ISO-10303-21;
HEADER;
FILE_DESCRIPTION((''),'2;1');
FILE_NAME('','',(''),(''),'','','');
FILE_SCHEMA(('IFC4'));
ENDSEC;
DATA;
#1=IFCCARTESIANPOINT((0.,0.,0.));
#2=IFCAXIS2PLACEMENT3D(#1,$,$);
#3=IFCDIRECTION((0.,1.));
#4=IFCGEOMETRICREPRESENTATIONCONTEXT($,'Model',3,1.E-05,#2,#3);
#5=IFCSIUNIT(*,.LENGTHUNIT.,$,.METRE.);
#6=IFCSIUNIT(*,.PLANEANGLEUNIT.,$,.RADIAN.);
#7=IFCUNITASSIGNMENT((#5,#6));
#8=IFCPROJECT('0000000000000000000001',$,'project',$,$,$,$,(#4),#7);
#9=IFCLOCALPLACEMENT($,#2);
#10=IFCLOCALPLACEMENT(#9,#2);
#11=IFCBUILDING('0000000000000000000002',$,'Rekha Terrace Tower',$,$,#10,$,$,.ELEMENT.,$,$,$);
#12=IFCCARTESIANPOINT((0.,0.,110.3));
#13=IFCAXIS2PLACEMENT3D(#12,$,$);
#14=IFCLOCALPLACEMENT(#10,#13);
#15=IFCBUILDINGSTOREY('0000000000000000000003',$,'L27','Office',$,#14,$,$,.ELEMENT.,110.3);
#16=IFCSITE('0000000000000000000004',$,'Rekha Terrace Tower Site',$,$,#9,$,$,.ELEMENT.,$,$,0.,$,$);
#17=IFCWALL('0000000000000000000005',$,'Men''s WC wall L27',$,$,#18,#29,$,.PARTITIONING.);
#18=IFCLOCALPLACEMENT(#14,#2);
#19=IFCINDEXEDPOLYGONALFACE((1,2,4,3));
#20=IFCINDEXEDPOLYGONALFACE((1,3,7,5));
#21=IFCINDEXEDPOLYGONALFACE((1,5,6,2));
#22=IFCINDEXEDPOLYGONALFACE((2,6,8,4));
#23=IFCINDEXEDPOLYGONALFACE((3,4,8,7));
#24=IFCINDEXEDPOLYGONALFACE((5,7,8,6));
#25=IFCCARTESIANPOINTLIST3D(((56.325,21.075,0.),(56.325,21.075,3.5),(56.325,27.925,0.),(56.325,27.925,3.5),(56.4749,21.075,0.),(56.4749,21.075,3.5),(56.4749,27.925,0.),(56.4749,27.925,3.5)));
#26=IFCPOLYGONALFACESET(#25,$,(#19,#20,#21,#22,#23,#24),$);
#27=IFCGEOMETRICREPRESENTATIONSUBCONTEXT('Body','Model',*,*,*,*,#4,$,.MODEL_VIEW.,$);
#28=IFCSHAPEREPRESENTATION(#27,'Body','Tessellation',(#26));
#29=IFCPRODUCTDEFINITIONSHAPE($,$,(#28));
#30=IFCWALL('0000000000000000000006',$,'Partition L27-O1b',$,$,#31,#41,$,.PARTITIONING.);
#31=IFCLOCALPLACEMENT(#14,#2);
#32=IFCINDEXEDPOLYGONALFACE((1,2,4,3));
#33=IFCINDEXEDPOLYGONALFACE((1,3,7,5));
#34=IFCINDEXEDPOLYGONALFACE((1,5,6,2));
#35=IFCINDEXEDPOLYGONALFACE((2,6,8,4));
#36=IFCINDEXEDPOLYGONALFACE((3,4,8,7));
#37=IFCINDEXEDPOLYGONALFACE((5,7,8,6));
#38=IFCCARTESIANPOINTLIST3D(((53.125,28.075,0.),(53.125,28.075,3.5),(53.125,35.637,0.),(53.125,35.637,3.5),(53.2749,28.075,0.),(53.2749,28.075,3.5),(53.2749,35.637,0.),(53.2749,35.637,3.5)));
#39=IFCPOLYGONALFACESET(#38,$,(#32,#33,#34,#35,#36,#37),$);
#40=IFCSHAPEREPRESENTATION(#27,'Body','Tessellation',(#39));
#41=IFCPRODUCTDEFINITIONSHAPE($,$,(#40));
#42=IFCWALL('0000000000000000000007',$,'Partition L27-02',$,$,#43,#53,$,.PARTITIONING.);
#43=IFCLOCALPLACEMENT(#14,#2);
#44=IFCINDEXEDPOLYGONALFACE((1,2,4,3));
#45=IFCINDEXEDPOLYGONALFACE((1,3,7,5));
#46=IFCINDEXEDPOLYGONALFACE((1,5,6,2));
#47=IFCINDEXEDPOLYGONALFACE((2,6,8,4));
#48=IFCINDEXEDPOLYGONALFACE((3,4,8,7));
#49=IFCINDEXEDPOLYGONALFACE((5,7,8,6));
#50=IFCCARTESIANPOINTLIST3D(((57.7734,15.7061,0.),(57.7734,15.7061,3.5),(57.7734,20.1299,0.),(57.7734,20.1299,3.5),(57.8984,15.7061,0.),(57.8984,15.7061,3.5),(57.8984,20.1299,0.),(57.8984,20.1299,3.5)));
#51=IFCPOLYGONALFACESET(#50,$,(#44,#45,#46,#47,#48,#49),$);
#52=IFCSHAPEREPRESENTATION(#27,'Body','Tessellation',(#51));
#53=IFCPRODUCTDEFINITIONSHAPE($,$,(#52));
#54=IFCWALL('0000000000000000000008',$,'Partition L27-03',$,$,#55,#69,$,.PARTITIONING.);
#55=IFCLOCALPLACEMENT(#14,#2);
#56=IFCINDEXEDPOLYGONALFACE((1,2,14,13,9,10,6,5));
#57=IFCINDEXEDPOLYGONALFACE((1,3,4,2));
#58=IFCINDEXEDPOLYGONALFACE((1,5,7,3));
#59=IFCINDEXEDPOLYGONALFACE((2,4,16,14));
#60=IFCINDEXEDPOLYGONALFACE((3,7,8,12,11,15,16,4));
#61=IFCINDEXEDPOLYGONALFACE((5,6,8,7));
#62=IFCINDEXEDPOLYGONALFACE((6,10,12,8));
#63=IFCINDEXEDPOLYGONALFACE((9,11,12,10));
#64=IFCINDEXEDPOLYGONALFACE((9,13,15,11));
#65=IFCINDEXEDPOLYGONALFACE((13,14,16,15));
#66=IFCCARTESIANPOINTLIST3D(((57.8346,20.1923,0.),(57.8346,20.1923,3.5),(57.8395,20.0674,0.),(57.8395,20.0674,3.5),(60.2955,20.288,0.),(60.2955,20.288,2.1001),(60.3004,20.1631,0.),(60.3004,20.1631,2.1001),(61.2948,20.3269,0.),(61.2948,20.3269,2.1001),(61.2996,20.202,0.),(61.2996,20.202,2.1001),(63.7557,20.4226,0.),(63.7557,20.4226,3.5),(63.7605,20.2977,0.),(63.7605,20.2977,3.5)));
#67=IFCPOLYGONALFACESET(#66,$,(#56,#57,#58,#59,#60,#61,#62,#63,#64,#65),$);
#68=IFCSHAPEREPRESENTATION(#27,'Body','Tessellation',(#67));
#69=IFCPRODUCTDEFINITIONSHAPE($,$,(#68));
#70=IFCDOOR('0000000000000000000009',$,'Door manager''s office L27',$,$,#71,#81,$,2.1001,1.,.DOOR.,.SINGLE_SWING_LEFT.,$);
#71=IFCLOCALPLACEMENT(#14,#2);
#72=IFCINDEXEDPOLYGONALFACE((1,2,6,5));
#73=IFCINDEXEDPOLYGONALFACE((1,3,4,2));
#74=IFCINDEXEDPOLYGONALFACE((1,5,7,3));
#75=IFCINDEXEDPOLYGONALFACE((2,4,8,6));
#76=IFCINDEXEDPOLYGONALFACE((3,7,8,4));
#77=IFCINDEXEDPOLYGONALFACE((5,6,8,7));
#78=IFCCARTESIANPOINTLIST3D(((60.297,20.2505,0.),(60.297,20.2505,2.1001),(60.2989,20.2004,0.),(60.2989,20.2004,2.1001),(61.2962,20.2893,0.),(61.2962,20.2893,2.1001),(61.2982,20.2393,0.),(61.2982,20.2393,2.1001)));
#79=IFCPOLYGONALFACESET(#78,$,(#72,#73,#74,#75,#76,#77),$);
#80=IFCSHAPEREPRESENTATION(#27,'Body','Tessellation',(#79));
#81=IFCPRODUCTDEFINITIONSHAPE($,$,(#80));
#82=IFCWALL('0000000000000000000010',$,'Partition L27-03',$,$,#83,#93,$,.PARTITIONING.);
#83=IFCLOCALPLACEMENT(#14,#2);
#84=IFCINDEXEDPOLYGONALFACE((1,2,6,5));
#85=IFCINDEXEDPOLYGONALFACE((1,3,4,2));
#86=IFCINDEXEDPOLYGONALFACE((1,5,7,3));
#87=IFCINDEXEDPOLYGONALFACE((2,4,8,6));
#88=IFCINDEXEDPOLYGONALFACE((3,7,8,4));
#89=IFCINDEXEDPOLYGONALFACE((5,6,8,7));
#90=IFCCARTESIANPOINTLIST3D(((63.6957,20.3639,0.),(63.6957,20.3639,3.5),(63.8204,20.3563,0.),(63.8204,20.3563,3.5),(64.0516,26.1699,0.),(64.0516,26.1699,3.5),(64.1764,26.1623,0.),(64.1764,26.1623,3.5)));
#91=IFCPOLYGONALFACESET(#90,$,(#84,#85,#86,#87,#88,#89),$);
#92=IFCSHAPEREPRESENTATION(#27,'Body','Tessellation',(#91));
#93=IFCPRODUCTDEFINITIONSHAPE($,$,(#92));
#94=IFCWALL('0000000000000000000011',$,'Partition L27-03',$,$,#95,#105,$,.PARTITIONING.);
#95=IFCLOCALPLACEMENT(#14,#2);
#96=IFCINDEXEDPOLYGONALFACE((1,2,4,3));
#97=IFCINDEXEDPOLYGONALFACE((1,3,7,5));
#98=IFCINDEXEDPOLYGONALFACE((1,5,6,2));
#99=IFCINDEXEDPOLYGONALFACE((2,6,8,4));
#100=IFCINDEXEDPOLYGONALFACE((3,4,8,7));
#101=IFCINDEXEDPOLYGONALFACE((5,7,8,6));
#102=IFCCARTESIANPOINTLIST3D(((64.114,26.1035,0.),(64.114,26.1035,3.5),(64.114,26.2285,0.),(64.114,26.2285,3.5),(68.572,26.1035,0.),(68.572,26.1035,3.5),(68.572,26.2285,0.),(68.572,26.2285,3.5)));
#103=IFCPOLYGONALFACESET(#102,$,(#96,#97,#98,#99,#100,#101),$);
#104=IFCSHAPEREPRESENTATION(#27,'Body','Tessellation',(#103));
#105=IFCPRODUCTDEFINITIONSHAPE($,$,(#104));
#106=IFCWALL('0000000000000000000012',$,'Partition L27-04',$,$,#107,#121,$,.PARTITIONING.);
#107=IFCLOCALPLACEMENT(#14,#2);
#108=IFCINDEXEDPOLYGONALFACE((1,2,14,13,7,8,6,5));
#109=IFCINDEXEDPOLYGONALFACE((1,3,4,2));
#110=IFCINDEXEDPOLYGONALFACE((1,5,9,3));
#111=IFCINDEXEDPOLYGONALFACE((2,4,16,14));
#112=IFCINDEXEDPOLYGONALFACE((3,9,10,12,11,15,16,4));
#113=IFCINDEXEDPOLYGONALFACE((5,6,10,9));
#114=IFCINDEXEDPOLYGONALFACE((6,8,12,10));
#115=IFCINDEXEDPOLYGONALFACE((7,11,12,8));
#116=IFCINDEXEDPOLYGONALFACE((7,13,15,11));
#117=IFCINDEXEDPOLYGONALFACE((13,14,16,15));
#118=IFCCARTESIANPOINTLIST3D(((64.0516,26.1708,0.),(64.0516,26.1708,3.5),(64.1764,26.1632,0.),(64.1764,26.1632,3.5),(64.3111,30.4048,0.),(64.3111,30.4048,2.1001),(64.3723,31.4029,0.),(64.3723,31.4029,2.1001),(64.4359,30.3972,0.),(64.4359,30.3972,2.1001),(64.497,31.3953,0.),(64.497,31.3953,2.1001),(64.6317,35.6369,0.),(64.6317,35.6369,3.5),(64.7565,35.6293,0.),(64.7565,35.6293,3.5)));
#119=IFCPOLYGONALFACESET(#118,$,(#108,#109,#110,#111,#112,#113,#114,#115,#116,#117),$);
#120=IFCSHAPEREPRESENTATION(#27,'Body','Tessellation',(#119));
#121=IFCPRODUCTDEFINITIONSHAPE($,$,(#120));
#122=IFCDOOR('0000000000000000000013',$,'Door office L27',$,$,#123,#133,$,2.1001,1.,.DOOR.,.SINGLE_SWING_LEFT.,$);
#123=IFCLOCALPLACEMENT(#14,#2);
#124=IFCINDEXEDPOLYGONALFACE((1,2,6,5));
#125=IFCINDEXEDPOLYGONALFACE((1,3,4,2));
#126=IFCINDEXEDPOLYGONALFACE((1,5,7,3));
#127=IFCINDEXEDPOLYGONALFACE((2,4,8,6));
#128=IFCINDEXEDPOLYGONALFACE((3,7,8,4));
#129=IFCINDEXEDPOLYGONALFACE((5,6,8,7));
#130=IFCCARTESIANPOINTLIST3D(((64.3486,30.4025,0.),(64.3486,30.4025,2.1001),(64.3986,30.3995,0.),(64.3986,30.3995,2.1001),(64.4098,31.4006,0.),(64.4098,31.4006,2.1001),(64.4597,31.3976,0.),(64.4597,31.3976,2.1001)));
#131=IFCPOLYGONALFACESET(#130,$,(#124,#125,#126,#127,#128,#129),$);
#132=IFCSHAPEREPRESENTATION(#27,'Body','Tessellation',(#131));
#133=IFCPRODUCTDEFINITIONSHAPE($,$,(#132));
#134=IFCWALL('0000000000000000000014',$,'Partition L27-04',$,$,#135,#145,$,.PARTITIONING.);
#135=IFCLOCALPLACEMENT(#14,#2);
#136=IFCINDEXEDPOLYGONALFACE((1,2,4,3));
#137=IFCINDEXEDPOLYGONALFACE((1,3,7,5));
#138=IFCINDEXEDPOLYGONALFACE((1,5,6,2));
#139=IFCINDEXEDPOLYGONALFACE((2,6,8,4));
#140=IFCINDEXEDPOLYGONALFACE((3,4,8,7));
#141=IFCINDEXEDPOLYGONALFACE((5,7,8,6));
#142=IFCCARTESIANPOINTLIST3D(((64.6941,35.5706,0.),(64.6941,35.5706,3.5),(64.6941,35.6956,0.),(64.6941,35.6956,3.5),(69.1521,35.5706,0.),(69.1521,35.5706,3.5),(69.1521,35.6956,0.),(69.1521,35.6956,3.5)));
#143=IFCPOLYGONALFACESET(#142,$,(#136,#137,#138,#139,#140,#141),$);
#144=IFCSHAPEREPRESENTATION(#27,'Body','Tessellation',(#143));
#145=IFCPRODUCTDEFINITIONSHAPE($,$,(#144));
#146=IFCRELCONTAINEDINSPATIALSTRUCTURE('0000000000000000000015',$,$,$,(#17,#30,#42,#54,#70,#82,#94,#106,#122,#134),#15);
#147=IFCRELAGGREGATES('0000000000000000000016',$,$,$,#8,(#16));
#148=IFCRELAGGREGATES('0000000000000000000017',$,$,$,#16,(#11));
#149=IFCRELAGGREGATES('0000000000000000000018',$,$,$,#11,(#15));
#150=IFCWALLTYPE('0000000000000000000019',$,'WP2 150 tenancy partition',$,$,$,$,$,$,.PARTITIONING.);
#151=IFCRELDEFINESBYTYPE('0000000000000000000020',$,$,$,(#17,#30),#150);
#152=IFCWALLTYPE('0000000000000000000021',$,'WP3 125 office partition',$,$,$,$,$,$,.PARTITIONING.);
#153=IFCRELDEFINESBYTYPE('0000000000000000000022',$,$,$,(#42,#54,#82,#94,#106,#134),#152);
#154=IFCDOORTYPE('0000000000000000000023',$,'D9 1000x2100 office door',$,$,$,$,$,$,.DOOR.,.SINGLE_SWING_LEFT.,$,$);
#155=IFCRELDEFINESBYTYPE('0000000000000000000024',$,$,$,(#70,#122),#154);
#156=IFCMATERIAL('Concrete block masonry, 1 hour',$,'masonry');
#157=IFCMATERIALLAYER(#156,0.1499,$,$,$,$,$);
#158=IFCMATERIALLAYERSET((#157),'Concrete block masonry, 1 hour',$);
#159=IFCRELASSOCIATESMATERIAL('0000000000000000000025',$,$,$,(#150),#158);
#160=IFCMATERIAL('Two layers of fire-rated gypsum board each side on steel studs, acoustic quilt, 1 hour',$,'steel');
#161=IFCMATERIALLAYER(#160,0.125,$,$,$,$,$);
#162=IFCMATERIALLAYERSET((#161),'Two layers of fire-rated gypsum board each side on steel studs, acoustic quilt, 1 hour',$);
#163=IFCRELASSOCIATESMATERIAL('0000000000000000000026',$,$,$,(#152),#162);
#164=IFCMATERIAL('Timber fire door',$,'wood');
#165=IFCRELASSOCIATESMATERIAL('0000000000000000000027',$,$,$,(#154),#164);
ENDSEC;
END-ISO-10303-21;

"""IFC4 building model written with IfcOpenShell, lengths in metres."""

from ifc_helpers import new_model, si_unit, direction, frame, frame_2d, origin, place, context, subcontext, project, spatial, rectangle, extrude, material, layer, layer_set, type_object, element, fill, save


model = new_model("IFC4")

# Units and contexts
model_context = context("Model", 3, precision=1e-05, world=origin(), true_north=direction((0.0, 1.0)))
body_context = subcontext(model_context, "Body", "Model", "MODEL_VIEW")
ifc_project = project(units=[si_unit("LENGTHUNIT", "METRE"), si_unit("PLANEANGLEUNIT", "RADIAN")], contexts=[model_context])

# Site, building, storey
site_placement = place(None, origin())
site = spatial("IfcSite", under=ifc_project, at=site_placement, Name="Rekha Terrace Tower Site", CompositionType="ELEMENT", RefElevation=0.0)
building_placement = place(site_placement, origin())
building = spatial("IfcBuilding", under=site, at=building_placement, Name="Rekha Terrace Tower", CompositionType="ELEMENT")
storey_placement = place(building_placement, frame((0.0, 0.0, 110.3)))
storey = spatial("IfcBuildingStorey", under=building, at=storey_placement, Name="L27", Description="Office", CompositionType="ELEMENT", Elevation=110.3)

# Shared definitions
ifc_material_1 = material(Name="Concrete block masonry, 1 hour", Category="masonry")
ifc_layer_1 = layer(ifc_material_1, 0.1499)
ifc_layer_set_1 = layer_set([ifc_layer_1], Name="Concrete block masonry, 1 hour")
wall_type_1 = type_object("IfcWallType", Name="WP2 150 tenancy partition", PredefinedType="PARTITIONING", material=ifc_layer_set_1)

# Walls
wall_1_placement = place(storey_placement, frame((56.3999, 21.075, 0.0), z_axis=(0.0, 0.0, 1.0), x_axis=(0.0, 1.0, 0.0)))
element("IfcWall", 1, at=wall_1_placement, inside=storey, type_object=wall_type_1, Name="Men's WC wall L27", PredefinedType="PARTITIONING", context=body_context, shape_type="SweptSolid", body=[
    extrude(rectangle(XDim=6.8501, YDim=0.1499, at=frame_2d((3.425, 0.0))), origin(), (0.0, 0.0, 1.0), 3.5),
])
wall_2_placement = place(storey_placement, frame((53.2, 28.075, 0.0), z_axis=(0.0, 0.0, 1.0), x_axis=(0.0, 1.0, 0.0)))
element("IfcWall", 2, at=wall_2_placement, inside=storey, type_object=wall_type_1, Name="Partition L27-O1b", PredefinedType="PARTITIONING", context=body_context, shape_type="SweptSolid", body=[
    extrude(rectangle(XDim=7.562, YDim=0.1499, at=frame_2d((3.781, 0.0))), origin(), (0.0, 0.0, 1.0), 3.5),
])
ifc_material_2 = material(Name="Two layers of fire-rated gypsum board each side on steel studs, acoustic quilt, 1 hour", Category="steel")
ifc_layer_2 = layer(ifc_material_2, 0.125)
ifc_layer_set_2 = layer_set([ifc_layer_2], Name="Two layers of fire-rated gypsum board each side on steel studs, acoustic quilt, 1 hour")
wall_type_2 = type_object("IfcWallType", Name="WP3 125 office partition", PredefinedType="PARTITIONING", material=ifc_layer_set_2)
wall_3_placement = place(storey_placement, frame((57.8359, 20.1299, 0.0), z_axis=(0.0, 0.0, 1.0), x_axis=(0.0, -1.0, 0.0)))
element("IfcWall", 3, at=wall_3_placement, inside=storey, type_object=wall_type_2, Name="Partition L27-02", PredefinedType="PARTITIONING", context=body_context, shape_type="SweptSolid", body=[
    extrude(rectangle(XDim=4.4238, YDim=0.125, at=frame_2d((2.2119, 0.0))), origin(), (0.0, 0.0, 1.0), 3.5),
])

# Wall, opening, door
wall_4_placement = place(storey_placement, frame((57.8369, 20.1299, 0.0), z_axis=(0.0, 0.0, 1.0), x_axis=(0.999245, 0.038852, 0.0)))
wall_4 = element("IfcWall", 4, at=wall_4_placement, inside=storey, type_object=wall_type_2, Name="Partition L27-03", PredefinedType="PARTITIONING", context=body_context, shape_type="SweptSolid", body=[
    extrude(rectangle(XDim=5.9255, YDim=0.125, at=frame_2d((2.9629, 0.0))), origin(), (0.0, 0.0, 1.0), 3.5),
])
opening_1_placement = place(wall_4_placement, frame((2.4629, 0.0, 0.0)))
opening_1 = element("IfcOpeningElement", 5, at=opening_1_placement, cuts=wall_4, PredefinedType="OPENING", context=body_context, shape_type="SweptSolid", body=[
    extrude(rectangle(XDim=1.0, YDim=2.1001, at=frame_2d((0.5, 1.05))), frame((0.0, 0.0725, 0.0), z_axis=(0.0, -1.0, 0.0), x_axis=(1.0, 0.0, 0.0)), (0.0, 0.0, 1.0), 0.145),
])
ifc_material_3 = material(Name="Timber fire door", Category="wood")
door_type_1 = type_object("IfcDoorType", Name="D9 1000x2100 office door", OperationType="SINGLE_SWING_LEFT", PredefinedType="DOOR", material=ifc_material_3)
door_1_placement = place(opening_1_placement, origin())
door_1 = element("IfcDoor", 6, at=door_1_placement, inside=storey, type_object=door_type_1, Name="Door manager's office L27", OperationType="SINGLE_SWING_LEFT", OverallHeight=2.1001, OverallWidth=1.0, PredefinedType="DOOR", context=body_context, shape_type="SweptSolid", body=[
    extrude(rectangle(XDim=1.0, YDim=2.1001, at=frame_2d((0.5, 1.05))), frame((0.0, 0.0249, 0.0), z_axis=(0.0, -1.0, 0.0), x_axis=(1.0, 0.0, 0.0)), (0.0, 0.0, 1.0), 0.05),
])
fill(opening_1, door_1)

# Walls
wall_5_placement = place(storey_placement, frame((63.7581, 20.3601, 0.0), z_axis=(0.0, 0.0, 1.0), x_axis=(0.061195, 0.998126, 0.0)))
element("IfcWall", 7, at=wall_5_placement, inside=storey, type_object=wall_type_2, Name="Partition L27-03", PredefinedType="PARTITIONING", context=body_context, shape_type="SweptSolid", body=[
    extrude(rectangle(XDim=5.8169, YDim=0.125, at=frame_2d((2.9084, 0.0))), origin(), (0.0, 0.0, 1.0), 3.5),
])
wall_6_placement = place(storey_placement, frame((64.114, 26.166, 0.0), z_axis=(0.0, 0.0, 1.0), x_axis=(1.0, 0.0, 0.0)))
element("IfcWall", 8, at=wall_6_placement, inside=storey, type_object=wall_type_2, Name="Partition L27-03", PredefinedType="PARTITIONING", context=body_context, shape_type="SweptSolid", body=[
    extrude(rectangle(XDim=4.458, YDim=0.125, at=frame_2d((2.229, 0.0))), origin(), (0.0, 0.0, 1.0), 3.5),
])

# Wall, opening, door
wall_7_placement = place(storey_placement, frame((64.114, 26.167, 0.0), z_axis=(0.0, 0.0, 1.0), x_axis=(0.061165, 0.998128, 0.0)))
wall_7 = element("IfcWall", 9, at=wall_7_placement, inside=storey, type_object=wall_type_2, Name="Partition L27-04", PredefinedType="PARTITIONING", context=body_context, shape_type="SweptSolid", body=[
    extrude(rectangle(XDim=9.4839, YDim=0.125, at=frame_2d((4.7419, 0.0))), origin(), (0.0, 0.0, 1.0), 3.5),
])
opening_2_placement = place(wall_7_placement, frame((4.2419, 0.0, 0.0)))
opening_2 = element("IfcOpeningElement", 10, at=opening_2_placement, cuts=wall_7, PredefinedType="OPENING", context=body_context, shape_type="SweptSolid", body=[
    extrude(rectangle(XDim=1.0, YDim=2.1001, at=frame_2d((0.5, 1.05))), frame((0.0, 0.0725, 0.0), z_axis=(0.0, -1.0, 0.0), x_axis=(1.0, 0.0, 0.0)), (0.0, 0.0, 1.0), 0.145),
])
door_2_placement = place(opening_2_placement, origin())
door_2 = element("IfcDoor", 11, at=door_2_placement, inside=storey, type_object=door_type_1, Name="Door office L27", OperationType="SINGLE_SWING_LEFT", OverallHeight=2.1001, OverallWidth=1.0, PredefinedType="DOOR", context=body_context, shape_type="SweptSolid", body=[
    extrude(rectangle(XDim=1.0, YDim=2.1001, at=frame_2d((0.5, 1.05))), frame((0.0, 0.0249, 0.0), z_axis=(0.0, -1.0, 0.0), x_axis=(1.0, 0.0, 0.0)), (0.0, 0.0, 1.0), 0.05),
])
fill(opening_2, door_2)

# Wall
wall_8_placement = place(storey_placement, frame((64.6941, 35.6331, 0.0), z_axis=(0.0, 0.0, 1.0), x_axis=(1.0, 0.0, 0.0)))
element("IfcWall", 12, at=wall_8_placement, inside=storey, type_object=wall_type_2, Name="Partition L27-04", PredefinedType="PARTITIONING", context=body_context, shape_type="SweptSolid", body=[
    extrude(rectangle(XDim=4.458, YDim=0.125, at=frame_2d((2.229, 0.0))), origin(), (0.0, 0.0, 1.0), 3.5),
])

save(model, "model.ifc")
